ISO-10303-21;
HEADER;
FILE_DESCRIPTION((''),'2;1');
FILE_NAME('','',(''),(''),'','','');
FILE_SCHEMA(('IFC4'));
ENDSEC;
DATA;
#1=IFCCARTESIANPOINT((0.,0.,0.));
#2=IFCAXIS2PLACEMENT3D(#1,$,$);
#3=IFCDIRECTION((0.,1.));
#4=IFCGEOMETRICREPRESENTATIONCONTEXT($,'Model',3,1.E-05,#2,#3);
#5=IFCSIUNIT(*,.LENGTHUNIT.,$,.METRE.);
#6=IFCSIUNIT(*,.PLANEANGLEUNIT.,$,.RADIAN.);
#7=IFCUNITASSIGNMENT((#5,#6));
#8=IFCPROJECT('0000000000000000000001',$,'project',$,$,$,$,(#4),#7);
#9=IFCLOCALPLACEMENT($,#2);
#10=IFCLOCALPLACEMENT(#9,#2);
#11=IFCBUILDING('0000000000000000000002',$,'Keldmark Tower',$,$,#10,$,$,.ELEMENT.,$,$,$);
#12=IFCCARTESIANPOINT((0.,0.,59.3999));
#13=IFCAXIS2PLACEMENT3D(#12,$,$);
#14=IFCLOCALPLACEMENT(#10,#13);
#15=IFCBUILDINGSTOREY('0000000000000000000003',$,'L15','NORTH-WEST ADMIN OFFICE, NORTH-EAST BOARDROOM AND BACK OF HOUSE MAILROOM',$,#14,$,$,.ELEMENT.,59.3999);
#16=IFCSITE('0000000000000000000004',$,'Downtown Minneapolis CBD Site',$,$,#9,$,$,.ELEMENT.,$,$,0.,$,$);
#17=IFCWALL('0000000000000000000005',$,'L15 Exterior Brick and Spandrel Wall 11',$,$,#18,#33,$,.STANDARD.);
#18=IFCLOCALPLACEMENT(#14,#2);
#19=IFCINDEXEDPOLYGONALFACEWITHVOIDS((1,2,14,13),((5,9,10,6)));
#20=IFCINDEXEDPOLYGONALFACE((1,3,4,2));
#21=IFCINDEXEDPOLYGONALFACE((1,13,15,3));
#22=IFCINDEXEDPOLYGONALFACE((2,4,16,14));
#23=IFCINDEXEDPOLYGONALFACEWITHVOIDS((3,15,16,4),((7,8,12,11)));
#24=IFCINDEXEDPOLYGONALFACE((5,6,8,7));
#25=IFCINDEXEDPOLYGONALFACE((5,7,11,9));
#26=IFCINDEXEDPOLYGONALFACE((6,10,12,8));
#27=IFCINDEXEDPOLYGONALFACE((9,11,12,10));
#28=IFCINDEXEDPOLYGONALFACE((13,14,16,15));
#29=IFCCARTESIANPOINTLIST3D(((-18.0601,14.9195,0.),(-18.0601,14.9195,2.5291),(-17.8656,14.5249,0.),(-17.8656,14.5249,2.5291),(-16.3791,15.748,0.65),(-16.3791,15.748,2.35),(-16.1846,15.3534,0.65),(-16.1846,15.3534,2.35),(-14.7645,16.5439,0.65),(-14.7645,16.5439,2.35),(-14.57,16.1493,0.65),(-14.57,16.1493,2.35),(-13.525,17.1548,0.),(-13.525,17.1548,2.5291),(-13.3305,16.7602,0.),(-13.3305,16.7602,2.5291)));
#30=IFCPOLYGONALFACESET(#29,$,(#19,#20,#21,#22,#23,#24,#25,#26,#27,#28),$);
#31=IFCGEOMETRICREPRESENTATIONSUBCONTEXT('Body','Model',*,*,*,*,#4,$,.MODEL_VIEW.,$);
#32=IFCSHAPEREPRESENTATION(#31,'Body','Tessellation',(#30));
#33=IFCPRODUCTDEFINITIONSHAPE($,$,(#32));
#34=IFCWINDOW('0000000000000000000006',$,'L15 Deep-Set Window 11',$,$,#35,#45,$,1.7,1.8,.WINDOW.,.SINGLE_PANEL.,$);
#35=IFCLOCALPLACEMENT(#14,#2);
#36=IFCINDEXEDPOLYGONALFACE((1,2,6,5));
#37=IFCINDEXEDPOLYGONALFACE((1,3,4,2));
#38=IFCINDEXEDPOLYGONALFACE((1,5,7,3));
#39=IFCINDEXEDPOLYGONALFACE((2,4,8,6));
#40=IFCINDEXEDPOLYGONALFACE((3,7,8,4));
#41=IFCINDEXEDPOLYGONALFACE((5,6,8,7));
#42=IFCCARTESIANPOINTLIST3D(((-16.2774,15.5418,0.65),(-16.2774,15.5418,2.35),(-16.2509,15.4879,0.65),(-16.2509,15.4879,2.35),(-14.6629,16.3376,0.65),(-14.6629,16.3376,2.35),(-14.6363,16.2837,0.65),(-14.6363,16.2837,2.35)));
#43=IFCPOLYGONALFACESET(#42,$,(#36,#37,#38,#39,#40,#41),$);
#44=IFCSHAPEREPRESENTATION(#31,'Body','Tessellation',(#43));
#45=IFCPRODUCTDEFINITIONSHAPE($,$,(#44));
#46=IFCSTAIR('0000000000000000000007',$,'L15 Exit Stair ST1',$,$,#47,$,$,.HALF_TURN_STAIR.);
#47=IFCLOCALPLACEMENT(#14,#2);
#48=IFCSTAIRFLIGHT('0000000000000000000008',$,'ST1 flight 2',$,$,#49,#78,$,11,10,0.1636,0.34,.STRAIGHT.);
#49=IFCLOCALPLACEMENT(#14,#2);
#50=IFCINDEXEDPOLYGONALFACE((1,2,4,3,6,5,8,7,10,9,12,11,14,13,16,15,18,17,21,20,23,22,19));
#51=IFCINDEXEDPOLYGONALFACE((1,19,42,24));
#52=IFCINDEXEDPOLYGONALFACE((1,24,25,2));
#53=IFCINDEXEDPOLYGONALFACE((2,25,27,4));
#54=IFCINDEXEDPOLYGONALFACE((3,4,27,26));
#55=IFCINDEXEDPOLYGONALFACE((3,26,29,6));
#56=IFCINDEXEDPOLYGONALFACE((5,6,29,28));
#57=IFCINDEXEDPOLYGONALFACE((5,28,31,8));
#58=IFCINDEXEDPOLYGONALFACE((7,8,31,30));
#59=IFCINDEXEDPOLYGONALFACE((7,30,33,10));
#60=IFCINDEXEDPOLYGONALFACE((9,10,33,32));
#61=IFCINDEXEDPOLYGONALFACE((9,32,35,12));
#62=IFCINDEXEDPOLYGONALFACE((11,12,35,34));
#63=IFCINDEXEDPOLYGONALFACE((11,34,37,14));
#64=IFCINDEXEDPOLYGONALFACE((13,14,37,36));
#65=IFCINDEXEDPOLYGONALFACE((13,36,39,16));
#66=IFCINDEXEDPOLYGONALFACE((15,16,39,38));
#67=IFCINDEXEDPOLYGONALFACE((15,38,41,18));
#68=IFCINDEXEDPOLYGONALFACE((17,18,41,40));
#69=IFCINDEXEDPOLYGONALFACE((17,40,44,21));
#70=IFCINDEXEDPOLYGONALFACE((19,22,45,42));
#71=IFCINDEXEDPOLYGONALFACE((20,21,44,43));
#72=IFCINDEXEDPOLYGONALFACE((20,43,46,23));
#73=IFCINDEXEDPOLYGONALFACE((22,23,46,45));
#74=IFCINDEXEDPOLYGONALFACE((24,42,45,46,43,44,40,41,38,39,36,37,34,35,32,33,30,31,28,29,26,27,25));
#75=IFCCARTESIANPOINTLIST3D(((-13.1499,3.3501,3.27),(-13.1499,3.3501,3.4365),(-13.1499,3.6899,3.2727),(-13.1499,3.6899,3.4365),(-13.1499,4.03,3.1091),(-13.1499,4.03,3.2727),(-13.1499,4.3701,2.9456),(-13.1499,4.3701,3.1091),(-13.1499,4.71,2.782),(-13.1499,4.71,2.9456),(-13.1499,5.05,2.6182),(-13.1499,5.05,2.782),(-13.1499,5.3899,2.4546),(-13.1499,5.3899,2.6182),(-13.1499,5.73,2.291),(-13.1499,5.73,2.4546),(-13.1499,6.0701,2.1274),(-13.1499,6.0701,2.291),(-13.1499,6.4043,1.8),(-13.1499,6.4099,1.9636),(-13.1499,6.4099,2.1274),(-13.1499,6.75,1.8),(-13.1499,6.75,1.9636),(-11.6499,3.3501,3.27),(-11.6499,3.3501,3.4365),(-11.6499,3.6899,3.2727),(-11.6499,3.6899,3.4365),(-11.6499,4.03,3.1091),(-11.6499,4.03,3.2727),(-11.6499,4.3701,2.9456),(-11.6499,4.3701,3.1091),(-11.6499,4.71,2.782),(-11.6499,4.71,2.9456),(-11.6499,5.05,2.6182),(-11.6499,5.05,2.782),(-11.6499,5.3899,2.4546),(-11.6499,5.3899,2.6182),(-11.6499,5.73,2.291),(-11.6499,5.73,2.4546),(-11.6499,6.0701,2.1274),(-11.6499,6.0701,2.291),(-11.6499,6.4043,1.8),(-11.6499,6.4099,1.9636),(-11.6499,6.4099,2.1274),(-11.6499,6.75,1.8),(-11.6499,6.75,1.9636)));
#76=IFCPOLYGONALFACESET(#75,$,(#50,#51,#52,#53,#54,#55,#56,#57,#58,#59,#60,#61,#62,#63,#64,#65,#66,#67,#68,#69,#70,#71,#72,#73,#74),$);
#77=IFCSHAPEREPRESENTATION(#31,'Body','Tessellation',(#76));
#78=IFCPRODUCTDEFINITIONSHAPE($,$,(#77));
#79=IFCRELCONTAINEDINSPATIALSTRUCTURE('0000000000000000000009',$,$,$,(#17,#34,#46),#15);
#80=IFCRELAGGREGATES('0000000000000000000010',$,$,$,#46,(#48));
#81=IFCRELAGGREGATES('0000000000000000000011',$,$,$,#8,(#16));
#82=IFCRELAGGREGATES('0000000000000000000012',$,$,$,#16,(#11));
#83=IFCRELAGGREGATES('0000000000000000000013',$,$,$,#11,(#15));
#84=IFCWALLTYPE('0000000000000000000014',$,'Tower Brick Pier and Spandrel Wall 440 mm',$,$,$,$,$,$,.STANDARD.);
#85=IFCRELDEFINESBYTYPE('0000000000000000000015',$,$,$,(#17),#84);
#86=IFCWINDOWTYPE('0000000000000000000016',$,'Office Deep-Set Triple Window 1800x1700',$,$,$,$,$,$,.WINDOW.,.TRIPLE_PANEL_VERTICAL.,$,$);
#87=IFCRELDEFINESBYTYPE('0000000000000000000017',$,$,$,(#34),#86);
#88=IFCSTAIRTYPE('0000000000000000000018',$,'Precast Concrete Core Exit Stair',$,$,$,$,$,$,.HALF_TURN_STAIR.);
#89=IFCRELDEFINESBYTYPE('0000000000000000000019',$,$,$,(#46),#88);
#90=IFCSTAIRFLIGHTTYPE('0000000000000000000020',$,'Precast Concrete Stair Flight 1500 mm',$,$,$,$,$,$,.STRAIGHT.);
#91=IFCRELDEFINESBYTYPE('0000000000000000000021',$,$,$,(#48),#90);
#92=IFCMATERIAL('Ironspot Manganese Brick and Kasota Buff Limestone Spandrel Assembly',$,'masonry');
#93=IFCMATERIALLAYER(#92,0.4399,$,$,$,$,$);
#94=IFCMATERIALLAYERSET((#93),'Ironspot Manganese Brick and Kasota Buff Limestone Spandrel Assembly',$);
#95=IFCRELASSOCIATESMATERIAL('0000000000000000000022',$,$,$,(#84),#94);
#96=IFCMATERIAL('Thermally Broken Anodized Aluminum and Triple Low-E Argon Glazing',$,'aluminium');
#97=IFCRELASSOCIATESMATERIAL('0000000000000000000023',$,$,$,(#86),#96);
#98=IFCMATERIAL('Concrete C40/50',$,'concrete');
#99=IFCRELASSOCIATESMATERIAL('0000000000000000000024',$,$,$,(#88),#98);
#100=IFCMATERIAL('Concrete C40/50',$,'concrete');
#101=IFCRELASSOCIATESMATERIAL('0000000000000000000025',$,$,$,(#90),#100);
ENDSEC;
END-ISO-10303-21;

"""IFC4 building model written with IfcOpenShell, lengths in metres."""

from ifc_helpers import new_model, si_unit, direction, frame, frame_2d, origin, place, context, subcontext, project, spatial, polyline, rectangle, outline, extrude, material, layer, layer_set, type_object, element, fill, aggregate, save


model = new_model("IFC4")

# Units and contexts
model_context = context("Model", 3, precision=1e-05, world=origin(), true_north=direction((0.0, 1.0)))
body_context = subcontext(model_context, "Body", "Model", "MODEL_VIEW")
ifc_project = project(units=[si_unit("LENGTHUNIT", "METRE"), si_unit("PLANEANGLEUNIT", "RADIAN")], contexts=[model_context])

# Site, building, storey
site_placement = place(None, origin())
site = spatial("IfcSite", under=ifc_project, at=site_placement, Name="Downtown Minneapolis CBD Site", CompositionType="ELEMENT", RefElevation=0.0)
building_placement = place(site_placement, origin())
building = spatial("IfcBuilding", under=site, at=building_placement, Name="Keldmark Tower", CompositionType="ELEMENT")
storey_placement = place(building_placement, frame((0.0, 0.0, 59.3999)))
storey = spatial("IfcBuildingStorey", under=building, at=storey_placement, Name="L15", Description="NORTH-WEST ADMIN OFFICE, NORTH-EAST BOARDROOM AND BACK OF HOUSE MAILROOM", CompositionType="ELEMENT", Elevation=59.3999)

# Wall, opening, window
ifc_material_1 = material(Name="Ironspot Manganese Brick and Kasota Buff Limestone Spandrel Assembly", Category="masonry")
ifc_layer_1 = layer(ifc_material_1, 0.4399)
ifc_layer_set_1 = layer_set([ifc_layer_1], Name="Ironspot Manganese Brick and Kasota Buff Limestone Spandrel Assembly")
wall_type_1 = type_object("IfcWallType", Name="Tower Brick Pier and Spandrel Wall 440 mm", PredefinedType="STANDARD", material=ifc_layer_set_1)
ifc_material_2 = material(Name="Thermally Broken Anodized Aluminum and Triple Low-E Argon Glazing", Category="aluminium")
window_type = type_object("IfcWindowType", Name="Office Deep-Set Triple Window 1800x1700", PartitioningType="TRIPLE_PANEL_VERTICAL", PredefinedType="WINDOW", material=ifc_material_2)
wall_1_placement = place(storey_placement, frame((-17.9629, 14.7222, 0.0), z_axis=(0.0, 0.0, 1.0), x_axis=(0.896962, 0.442107, 0.0)))
wall_1 = element("IfcWall", 1, at=wall_1_placement, inside=storey, type_object=wall_type_1, Name="L15 Exterior Brick and Spandrel Wall 11", PredefinedType="STANDARD", context=body_context, shape_type="SweptSolid", body=[
    extrude(rectangle(XDim=5.0562, YDim=0.4399, at=frame_2d((2.5281, 0.0))), origin(), (0.0, 0.0, 1.0), 2.5291),
])
opening_1_placement = place(wall_1_placement, frame((1.8743, 0.0, 0.6499)))
opening_1 = element("IfcOpeningElement", 2, at=opening_1_placement, cuts=wall_1, PredefinedType="OPENING", context=body_context, shape_type="SweptSolid", body=[
    extrude(rectangle(XDim=1.8, YDim=1.7, at=frame_2d((0.8999, 0.8501))), frame((0.0, 0.23, 0.0), z_axis=(0.0, -1.0, 0.0), x_axis=(1.0, 0.0, 0.0)), (0.0, 0.0, 1.0), 0.46),
])
window_1_placement = place(opening_1_placement, origin())
window_1 = element("IfcWindow", 3, at=window_1_placement, inside=storey, type_object=window_type, Name="L15 Deep-Set Window 11", OverallHeight=1.7, OverallWidth=1.8, PartitioningType="SINGLE_PANEL", PredefinedType="WINDOW", context=body_context, shape_type="SweptSolid", body=[
    extrude(rectangle(XDim=1.8, YDim=1.7, at=frame_2d((0.8999, 0.8501))), frame((0.0, -0.01, 0.0), z_axis=(0.0, -1.0, 0.0), x_axis=(1.0, 0.0, 0.0)), (0.0, 0.0, 1.0), 0.0601),
])
fill(opening_1, window_1)

# Stair, stair flight
ifc_material_3 = material(Name="Concrete C40/50", Category="concrete")
stair_type = type_object("IfcStairType", Name="Precast Concrete Core Exit Stair", PredefinedType="HALF_TURN_STAIR", material=ifc_material_3)
stair_placement = place(storey_placement, origin())
stair = element("IfcStair", 4, at=stair_placement, inside=storey, type_object=stair_type, Name="L15 Exit Stair ST1", PredefinedType="HALF_TURN_STAIR")
ifc_material_4 = material(Name="Concrete C40/50", Category="concrete")
stair_flight_type = type_object("IfcStairFlightType", Name="Precast Concrete Stair Flight 1500 mm", PredefinedType="STRAIGHT", material=ifc_material_4)
stair_flight_placement = place(storey_placement, frame((-12.3999, 6.75, 1.8), z_axis=(0.0, 0.0, 1.0), x_axis=(0.0, -1.0, 0.0)))
stair_flight = element("IfcStairFlight", 5, at=stair_flight_placement, type_object=stair_flight_type, Name="ST1 flight 2", NumberOfRisers=11, NumberOfTreads=10, PredefinedType="STRAIGHT", RiserHeight=0.1636, TreadLength=0.34, context=body_context, shape_type="SweptSolid", body=[
    extrude(outline(polyline([(0.0, 0.0), (0.0, 0.1636), (0.3401, 0.1636), (0.3401, 0.3274), (0.6799, 0.3274), (0.6799, 0.491), (1.02, 0.491), (1.02, 0.6545), (1.3601, 0.6545), (1.3601, 0.8181), (1.7, 0.8181), (1.7, 0.9819), (2.04, 0.9819), (2.04, 1.1455), (2.3799, 1.1455), (2.3799, 1.3091), (2.72, 1.3091), (2.72, 1.4727), (3.0601, 1.4727), (3.0601, 1.6365), (3.3999, 1.6365), (3.3999, 1.8), (3.3999, 1.47), (0.3457, 0.0), (0.0, 0.0)])), frame((0.0, 0.75, 0.0), z_axis=(0.0, -1.0, 0.0), x_axis=(1.0, 0.0, 0.0)), (0.0, 0.0, 1.0), 1.5),
])
aggregate(stair, [stair_flight])

save(model, "model.ifc")
